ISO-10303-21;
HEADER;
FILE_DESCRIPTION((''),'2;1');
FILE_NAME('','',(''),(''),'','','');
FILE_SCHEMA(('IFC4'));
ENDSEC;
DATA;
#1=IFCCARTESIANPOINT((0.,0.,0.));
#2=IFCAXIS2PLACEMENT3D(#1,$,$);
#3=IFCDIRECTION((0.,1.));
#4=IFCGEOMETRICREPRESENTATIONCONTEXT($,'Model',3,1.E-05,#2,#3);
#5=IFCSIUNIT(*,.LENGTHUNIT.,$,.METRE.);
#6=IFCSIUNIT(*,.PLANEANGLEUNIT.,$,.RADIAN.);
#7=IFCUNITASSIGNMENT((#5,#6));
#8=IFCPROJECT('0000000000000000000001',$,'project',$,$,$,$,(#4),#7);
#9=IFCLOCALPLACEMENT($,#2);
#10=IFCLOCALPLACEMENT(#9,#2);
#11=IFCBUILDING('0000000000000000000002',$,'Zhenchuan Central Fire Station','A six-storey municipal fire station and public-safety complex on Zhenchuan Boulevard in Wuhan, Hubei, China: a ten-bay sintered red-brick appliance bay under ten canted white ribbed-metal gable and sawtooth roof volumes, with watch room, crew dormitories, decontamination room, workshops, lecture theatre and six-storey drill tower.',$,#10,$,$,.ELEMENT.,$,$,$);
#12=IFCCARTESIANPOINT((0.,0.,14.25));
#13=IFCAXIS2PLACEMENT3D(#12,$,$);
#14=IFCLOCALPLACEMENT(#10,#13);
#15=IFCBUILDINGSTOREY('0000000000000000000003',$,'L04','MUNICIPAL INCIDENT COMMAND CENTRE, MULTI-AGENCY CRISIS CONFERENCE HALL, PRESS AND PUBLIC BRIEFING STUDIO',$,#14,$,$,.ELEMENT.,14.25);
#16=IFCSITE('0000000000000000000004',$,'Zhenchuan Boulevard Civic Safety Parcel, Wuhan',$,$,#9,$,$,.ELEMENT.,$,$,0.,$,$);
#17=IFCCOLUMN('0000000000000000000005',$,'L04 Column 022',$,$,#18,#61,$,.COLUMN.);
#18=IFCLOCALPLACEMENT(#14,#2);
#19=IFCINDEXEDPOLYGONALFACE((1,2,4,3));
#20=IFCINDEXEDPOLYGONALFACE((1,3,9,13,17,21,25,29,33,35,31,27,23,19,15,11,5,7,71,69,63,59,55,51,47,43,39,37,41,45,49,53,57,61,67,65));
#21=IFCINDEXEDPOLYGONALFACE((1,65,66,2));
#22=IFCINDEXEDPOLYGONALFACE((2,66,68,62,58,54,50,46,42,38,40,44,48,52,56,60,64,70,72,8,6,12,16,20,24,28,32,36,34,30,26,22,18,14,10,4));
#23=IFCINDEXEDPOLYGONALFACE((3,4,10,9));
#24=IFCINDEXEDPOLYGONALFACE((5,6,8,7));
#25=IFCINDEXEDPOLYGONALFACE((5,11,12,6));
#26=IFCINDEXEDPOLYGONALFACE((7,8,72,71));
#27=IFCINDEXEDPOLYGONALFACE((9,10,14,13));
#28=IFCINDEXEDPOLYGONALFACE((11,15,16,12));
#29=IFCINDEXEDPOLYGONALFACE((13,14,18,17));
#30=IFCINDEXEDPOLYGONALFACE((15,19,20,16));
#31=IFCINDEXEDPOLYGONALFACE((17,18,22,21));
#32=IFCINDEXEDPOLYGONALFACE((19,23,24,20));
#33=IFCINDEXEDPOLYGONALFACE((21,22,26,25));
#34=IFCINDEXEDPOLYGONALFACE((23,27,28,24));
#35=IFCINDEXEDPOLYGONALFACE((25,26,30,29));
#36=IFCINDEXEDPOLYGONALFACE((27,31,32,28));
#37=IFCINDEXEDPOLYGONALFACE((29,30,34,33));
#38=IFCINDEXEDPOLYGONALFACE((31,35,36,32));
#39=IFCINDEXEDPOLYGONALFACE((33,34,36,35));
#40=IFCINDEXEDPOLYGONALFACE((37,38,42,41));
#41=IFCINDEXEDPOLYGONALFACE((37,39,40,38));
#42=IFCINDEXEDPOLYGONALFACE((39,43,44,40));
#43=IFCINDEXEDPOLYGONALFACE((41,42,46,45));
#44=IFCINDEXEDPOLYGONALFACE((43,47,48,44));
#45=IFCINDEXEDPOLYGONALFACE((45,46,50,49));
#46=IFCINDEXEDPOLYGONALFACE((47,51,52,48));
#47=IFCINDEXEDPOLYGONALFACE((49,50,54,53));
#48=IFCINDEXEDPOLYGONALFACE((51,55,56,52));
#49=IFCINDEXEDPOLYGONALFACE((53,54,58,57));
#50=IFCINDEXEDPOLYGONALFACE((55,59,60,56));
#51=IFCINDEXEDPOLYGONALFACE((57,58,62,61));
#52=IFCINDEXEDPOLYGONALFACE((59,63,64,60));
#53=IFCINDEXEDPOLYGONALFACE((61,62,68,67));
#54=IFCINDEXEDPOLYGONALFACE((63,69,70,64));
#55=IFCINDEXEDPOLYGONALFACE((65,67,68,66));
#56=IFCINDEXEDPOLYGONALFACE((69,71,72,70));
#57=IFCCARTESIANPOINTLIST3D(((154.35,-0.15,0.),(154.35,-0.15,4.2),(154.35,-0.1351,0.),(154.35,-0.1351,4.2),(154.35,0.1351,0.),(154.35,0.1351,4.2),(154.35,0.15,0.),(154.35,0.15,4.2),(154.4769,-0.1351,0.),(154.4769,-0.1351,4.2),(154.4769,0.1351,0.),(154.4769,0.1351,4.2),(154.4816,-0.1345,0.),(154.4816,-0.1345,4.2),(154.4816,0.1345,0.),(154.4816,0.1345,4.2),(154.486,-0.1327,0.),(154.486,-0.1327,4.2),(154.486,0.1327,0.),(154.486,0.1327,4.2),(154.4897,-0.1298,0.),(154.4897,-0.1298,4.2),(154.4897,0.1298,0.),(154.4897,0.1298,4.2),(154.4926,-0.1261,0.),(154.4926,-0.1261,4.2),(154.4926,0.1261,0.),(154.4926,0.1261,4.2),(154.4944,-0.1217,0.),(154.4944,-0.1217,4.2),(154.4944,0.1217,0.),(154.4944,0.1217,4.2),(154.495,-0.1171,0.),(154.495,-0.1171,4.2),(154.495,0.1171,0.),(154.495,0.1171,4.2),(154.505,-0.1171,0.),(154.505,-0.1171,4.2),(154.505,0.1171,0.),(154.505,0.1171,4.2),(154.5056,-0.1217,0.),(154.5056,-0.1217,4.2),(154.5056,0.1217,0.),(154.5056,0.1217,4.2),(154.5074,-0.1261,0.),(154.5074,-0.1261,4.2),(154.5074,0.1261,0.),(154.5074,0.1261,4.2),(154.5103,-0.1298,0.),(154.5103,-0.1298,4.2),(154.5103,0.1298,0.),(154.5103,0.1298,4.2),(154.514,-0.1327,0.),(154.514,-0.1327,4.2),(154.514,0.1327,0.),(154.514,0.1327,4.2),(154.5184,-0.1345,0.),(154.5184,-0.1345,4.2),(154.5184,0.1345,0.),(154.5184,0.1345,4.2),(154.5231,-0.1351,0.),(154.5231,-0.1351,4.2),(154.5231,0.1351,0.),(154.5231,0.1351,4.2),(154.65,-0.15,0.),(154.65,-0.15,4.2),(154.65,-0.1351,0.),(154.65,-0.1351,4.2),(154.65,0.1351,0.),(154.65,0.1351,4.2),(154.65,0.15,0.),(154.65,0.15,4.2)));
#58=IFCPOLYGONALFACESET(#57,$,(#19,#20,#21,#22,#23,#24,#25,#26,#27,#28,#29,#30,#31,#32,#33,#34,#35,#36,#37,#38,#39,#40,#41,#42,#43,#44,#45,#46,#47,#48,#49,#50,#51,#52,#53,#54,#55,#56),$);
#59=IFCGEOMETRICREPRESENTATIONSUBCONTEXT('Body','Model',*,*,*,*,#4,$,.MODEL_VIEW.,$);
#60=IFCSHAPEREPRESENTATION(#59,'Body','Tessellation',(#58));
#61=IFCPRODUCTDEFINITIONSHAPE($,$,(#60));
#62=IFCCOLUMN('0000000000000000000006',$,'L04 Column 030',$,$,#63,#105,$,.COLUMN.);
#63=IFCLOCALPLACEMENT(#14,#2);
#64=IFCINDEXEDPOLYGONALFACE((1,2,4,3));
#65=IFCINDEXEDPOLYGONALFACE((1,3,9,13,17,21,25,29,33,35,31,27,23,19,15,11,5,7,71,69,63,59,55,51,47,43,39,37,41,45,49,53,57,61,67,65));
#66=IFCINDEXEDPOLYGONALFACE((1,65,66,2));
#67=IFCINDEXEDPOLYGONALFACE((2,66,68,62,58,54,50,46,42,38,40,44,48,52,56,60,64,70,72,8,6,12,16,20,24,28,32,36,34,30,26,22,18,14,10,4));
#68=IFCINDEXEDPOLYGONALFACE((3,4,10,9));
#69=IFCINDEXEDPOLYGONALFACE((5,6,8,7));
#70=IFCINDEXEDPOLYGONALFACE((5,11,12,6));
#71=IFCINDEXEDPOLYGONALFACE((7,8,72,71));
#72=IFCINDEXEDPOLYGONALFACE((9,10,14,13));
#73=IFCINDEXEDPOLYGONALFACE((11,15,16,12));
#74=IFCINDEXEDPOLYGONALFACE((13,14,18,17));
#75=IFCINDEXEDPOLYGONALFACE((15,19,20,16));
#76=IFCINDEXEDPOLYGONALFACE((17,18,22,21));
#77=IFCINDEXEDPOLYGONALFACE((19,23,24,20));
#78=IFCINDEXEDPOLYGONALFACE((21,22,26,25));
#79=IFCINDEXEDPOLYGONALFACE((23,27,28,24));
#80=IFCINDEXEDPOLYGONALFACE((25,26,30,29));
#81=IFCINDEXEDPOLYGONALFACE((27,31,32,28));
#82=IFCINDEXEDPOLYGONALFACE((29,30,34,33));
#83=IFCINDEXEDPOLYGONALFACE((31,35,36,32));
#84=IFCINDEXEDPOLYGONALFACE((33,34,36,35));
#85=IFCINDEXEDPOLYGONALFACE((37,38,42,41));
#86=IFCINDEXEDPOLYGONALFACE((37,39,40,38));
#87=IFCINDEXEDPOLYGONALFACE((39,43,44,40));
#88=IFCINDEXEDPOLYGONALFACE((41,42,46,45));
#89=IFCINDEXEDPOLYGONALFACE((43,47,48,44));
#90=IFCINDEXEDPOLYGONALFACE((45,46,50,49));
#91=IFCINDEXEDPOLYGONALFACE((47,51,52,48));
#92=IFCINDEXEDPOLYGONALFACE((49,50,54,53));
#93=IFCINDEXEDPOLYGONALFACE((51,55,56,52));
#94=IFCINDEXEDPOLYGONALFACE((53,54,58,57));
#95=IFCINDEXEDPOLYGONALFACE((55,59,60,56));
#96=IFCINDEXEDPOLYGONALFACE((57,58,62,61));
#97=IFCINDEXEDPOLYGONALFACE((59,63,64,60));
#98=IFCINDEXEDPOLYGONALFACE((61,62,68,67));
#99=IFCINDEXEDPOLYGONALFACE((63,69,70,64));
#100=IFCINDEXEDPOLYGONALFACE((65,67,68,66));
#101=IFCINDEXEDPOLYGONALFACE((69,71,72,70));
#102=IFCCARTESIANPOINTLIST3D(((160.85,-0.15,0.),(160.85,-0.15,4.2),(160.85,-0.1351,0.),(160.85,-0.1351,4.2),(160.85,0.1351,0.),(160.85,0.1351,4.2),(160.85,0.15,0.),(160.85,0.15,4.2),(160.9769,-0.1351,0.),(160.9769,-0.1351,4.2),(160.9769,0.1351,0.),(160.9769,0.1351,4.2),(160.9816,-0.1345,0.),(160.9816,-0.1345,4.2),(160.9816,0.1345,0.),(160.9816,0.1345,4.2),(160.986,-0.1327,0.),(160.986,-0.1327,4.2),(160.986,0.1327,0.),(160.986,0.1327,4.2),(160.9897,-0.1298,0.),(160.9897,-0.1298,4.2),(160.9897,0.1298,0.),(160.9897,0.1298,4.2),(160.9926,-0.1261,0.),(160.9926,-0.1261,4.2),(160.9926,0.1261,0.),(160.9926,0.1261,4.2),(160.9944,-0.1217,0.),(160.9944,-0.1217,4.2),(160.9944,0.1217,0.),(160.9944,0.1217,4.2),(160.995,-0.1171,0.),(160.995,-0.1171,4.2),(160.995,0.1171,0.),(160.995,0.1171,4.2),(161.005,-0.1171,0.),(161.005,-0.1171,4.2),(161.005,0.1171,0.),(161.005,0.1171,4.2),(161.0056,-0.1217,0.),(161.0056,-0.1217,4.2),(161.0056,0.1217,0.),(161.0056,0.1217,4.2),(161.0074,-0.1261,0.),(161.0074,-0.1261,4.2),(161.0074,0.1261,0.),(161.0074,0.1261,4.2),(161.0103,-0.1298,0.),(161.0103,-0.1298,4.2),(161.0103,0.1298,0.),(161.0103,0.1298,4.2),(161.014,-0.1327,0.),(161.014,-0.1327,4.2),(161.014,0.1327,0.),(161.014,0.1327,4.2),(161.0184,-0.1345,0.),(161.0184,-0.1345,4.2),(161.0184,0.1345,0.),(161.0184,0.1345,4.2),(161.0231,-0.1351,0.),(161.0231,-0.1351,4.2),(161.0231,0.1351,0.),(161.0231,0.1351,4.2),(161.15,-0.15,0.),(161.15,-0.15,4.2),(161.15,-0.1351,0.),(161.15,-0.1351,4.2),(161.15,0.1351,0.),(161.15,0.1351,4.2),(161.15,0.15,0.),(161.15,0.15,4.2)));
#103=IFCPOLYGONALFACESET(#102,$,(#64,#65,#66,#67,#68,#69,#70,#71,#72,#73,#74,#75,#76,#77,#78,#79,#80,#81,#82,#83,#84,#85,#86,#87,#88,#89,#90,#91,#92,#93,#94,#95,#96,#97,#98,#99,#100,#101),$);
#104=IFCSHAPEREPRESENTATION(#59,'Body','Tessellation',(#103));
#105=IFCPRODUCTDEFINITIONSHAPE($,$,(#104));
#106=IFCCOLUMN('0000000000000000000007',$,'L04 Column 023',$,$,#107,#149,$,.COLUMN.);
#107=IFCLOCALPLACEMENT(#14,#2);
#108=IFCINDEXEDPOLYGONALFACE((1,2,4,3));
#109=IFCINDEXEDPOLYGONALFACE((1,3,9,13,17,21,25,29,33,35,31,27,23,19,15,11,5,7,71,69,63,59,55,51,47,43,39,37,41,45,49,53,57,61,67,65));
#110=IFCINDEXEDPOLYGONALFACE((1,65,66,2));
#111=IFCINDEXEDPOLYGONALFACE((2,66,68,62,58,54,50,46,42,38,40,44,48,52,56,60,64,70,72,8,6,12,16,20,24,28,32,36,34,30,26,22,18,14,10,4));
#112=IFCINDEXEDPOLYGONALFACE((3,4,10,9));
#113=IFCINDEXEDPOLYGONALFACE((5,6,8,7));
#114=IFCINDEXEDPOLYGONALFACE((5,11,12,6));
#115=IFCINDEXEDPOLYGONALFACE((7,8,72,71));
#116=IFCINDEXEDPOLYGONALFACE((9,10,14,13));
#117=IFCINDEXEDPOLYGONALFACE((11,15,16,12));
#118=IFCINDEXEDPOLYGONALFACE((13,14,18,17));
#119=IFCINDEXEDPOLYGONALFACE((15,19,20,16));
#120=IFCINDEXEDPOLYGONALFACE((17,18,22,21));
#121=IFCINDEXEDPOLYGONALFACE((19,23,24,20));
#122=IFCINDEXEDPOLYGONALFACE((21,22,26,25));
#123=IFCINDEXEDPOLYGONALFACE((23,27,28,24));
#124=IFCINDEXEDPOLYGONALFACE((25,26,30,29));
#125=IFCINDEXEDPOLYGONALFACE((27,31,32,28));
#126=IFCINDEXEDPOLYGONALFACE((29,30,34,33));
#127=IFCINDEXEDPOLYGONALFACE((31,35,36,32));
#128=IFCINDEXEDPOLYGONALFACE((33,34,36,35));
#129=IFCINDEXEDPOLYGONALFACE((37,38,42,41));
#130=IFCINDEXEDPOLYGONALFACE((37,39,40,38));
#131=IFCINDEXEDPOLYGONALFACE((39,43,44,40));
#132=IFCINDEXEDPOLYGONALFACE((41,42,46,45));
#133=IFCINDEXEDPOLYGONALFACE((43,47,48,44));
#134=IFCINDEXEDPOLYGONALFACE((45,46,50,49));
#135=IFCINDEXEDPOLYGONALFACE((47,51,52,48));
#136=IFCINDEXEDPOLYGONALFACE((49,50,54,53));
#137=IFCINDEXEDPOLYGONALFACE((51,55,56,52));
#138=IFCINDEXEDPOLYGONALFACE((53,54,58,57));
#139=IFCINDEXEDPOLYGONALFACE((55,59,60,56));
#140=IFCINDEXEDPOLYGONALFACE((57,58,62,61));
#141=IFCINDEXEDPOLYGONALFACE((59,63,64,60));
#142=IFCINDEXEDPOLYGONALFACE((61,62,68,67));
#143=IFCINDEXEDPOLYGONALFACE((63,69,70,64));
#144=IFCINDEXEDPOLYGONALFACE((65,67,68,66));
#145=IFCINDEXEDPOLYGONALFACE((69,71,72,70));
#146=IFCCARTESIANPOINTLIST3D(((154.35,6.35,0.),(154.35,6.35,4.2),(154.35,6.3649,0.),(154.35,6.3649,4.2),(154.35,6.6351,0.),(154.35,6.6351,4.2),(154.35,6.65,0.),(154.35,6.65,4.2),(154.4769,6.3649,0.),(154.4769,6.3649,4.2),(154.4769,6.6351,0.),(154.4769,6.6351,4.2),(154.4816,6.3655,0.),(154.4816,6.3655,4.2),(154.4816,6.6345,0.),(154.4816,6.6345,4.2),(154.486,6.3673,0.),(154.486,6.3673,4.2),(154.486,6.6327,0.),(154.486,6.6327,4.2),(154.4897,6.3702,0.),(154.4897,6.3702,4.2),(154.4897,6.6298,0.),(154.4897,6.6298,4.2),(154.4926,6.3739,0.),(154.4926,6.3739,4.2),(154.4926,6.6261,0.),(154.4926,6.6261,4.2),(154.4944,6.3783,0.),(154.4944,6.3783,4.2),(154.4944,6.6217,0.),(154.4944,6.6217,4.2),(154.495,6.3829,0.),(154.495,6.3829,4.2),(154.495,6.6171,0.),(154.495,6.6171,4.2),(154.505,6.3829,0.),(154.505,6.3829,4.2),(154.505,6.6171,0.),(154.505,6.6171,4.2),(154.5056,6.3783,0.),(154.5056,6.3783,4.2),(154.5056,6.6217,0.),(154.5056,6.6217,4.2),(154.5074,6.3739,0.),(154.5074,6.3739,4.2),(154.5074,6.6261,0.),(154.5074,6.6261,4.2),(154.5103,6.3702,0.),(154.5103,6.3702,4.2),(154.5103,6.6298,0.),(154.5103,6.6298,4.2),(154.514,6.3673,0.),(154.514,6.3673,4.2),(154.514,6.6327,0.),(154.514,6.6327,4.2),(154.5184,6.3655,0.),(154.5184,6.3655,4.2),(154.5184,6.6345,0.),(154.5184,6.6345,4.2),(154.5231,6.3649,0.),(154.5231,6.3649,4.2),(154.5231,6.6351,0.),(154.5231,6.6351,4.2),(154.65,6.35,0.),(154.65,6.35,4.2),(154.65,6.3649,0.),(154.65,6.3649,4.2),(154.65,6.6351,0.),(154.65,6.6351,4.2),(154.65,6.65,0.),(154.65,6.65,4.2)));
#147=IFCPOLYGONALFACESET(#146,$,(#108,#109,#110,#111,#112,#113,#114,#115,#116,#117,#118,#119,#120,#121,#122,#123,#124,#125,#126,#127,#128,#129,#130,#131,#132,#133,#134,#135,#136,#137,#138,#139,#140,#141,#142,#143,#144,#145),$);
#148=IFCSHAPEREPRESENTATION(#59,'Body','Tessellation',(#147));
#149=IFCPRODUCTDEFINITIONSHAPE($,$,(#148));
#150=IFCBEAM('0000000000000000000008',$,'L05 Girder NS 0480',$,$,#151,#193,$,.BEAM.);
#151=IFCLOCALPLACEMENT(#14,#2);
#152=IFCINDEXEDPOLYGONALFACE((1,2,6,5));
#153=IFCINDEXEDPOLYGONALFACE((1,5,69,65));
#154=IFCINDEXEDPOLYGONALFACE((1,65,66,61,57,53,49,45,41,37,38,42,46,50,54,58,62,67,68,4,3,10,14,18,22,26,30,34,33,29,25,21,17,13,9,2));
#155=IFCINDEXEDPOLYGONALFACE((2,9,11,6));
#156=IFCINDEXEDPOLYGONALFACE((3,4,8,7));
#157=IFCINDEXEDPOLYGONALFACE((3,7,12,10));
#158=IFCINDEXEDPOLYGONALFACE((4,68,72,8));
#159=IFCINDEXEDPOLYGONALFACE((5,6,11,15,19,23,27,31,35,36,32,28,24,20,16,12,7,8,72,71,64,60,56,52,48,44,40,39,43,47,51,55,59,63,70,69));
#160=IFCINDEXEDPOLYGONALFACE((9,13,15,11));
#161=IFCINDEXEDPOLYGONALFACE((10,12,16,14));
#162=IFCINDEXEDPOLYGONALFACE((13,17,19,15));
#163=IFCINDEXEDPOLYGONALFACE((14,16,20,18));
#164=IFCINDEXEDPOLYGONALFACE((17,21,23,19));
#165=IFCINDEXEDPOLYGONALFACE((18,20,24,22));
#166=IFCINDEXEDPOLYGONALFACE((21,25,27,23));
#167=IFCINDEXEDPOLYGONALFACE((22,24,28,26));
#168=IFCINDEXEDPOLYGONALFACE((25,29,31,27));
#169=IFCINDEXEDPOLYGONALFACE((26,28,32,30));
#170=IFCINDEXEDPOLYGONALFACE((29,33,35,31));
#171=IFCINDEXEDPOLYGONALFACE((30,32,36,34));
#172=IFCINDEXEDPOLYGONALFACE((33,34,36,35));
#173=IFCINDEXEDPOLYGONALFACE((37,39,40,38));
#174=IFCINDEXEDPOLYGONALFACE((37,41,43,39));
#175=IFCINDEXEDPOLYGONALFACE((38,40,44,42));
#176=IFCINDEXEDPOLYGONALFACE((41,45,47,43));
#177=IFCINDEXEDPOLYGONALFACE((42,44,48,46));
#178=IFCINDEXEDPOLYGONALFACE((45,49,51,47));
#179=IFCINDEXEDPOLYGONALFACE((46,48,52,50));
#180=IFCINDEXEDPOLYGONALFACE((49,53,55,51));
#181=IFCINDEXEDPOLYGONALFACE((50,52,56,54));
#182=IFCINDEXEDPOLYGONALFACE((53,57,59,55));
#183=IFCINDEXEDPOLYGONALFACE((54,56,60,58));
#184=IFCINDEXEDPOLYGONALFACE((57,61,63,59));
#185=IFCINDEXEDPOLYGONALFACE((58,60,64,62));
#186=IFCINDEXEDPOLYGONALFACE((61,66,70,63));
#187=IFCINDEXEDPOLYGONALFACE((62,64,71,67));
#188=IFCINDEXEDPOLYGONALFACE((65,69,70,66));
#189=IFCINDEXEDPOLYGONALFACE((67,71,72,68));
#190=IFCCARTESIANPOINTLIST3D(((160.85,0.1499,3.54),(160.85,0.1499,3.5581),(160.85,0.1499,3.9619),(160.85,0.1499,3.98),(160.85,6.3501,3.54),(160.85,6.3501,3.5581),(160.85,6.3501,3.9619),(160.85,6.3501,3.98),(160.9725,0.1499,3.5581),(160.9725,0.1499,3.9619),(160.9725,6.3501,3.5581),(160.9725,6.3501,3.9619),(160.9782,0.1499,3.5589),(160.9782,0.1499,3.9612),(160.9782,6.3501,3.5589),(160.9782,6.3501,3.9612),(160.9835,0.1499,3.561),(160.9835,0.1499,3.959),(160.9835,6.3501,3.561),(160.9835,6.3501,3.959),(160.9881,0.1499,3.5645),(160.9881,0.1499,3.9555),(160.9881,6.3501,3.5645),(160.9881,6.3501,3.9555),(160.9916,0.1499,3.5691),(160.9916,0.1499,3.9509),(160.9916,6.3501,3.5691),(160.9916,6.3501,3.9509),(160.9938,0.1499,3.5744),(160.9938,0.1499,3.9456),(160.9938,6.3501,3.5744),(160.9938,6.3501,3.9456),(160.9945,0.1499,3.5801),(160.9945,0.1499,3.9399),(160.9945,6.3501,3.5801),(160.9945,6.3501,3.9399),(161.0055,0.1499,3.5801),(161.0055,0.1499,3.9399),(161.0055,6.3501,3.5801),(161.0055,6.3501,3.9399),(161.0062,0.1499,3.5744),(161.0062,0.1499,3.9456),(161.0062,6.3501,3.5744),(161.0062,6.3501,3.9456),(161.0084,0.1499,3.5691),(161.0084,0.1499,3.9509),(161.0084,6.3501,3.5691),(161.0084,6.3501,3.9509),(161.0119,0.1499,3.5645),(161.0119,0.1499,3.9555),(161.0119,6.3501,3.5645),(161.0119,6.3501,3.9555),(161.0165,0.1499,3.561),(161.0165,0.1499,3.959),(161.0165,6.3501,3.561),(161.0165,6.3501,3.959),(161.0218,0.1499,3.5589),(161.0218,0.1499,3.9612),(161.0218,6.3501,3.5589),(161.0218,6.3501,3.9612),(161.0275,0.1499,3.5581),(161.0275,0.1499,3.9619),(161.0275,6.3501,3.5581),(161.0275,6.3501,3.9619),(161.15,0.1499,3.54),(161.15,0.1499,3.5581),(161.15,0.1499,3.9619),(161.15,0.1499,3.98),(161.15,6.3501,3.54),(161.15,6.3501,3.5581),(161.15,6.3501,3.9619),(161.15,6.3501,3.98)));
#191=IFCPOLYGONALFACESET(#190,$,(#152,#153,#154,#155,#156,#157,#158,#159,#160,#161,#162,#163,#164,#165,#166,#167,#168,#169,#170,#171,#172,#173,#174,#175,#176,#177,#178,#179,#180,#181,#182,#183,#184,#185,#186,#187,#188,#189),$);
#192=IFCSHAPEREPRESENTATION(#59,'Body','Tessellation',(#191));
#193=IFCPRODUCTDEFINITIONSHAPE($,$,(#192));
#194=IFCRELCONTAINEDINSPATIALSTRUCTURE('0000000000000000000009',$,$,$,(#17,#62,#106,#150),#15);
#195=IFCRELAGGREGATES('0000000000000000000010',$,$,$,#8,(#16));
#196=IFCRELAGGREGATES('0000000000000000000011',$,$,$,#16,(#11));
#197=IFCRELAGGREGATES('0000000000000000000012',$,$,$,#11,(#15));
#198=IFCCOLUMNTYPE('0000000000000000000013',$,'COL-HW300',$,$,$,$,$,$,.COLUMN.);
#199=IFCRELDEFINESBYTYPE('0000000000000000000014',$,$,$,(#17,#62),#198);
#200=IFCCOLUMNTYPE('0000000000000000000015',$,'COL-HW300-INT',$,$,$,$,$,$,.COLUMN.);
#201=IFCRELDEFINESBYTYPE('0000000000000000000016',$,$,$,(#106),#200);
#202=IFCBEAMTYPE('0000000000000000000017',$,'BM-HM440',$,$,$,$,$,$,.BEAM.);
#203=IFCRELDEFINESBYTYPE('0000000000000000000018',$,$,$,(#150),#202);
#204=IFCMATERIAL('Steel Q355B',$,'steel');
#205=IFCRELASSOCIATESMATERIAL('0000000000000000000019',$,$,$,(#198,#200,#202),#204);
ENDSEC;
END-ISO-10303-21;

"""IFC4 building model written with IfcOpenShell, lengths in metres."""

from ifc_helpers import new_model, si_unit, direction, frame, origin, origin_2d, place, context, subcontext, project, spatial, i_section, extrude, material, material_profile, profile_set, type_object, element, save


model = new_model("IFC4")

# Units and contexts
model_context = context("Model", 3, precision=1e-05, world=origin(), true_north=direction((0.0, 1.0)))
body_context = subcontext(model_context, "Body", "Model", "MODEL_VIEW")
ifc_project = project(units=[si_unit("LENGTHUNIT", "METRE"), si_unit("PLANEANGLEUNIT", "RADIAN")], contexts=[model_context])

# Site, building, storey
site_placement = place(None, origin())
site = spatial("IfcSite", under=ifc_project, at=site_placement, Name="Zhenchuan Boulevard Civic Safety Parcel, Wuhan", CompositionType="ELEMENT", RefElevation=0.0)
building_placement = place(site_placement, origin())
building = spatial("IfcBuilding", under=site, at=building_placement, Name="Zhenchuan Central Fire Station", Description="A six-storey municipal fire station and public-safety complex on Zhenchuan Boulevard in Wuhan, Hubei, China: a ten-bay sintered red-brick appliance bay under ten canted white ribbed-metal gable and sawtooth roof volumes, with watch room, crew dormitories, decontamination room, workshops, lecture theatre and six-storey drill tower.", CompositionType="ELEMENT")
storey_placement = place(building_placement, frame((0.0, 0.0, 14.25)))
storey = spatial("IfcBuildingStorey", under=building, at=storey_placement, Name="L04", Description="MUNICIPAL INCIDENT COMMAND CENTRE, MULTI-AGENCY CRISIS CONFERENCE HALL, PRESS AND PUBLIC BRIEFING STUDIO", CompositionType="ELEMENT", Elevation=14.25)

# Columns
ifc_material_1 = material(Name="Steel Q355B", Category="steel")
ifc_material_profile_1 = material_profile(ifc_material_1, i_section(OverallWidth=0.3, OverallDepth=0.3, WebThickness=0.01, FlangeThickness=0.0149, FilletRadius=0.0181, at=origin_2d()), Name="HW 300x300")
ifc_profile_set_1 = profile_set([ifc_material_profile_1], Name="Steel Q355B")
column_type_1 = type_object("IfcColumnType", Name="COL-HW300", PredefinedType="COLUMN", material=ifc_profile_set_1)
for number, where, z_axis, x_axis, name in (
    (1, (154.5, 0.0, 0.0), (0.0, 0.0, 1.0), (1.0, 0.0, 0.0), "L04 Column 022"),
    (2, (161.0, 0.0, 0.0), (0.0, 0.0, 1.0), (1.0, 0.0, 0.0), "L04 Column 030"),
):
    element("IfcColumn", number, at=place(storey_placement, frame(where, z_axis=z_axis, x_axis=x_axis)), inside=storey, type_object=column_type_1, Name=name, PredefinedType="COLUMN", context=body_context, shape_type="SweptSolid", body=[
        extrude(i_section(OverallWidth=0.3, OverallDepth=0.3, WebThickness=0.01, FlangeThickness=0.0149, FilletRadius=0.0181, at=origin_2d()), origin(), (0.0, 0.0, 1.0), 4.2),
    ])
ifc_material_profile_2 = material_profile(ifc_material_1, i_section(OverallWidth=0.3, OverallDepth=0.3, WebThickness=0.01, FlangeThickness=0.0149, FilletRadius=0.0181, at=origin_2d()), Name="HW 300x300")
ifc_profile_set_2 = profile_set([ifc_material_profile_2], Name="Steel Q355B")
column_type_2 = type_object("IfcColumnType", Name="COL-HW300-INT", PredefinedType="COLUMN", material=ifc_profile_set_2)
column_placement = place(storey_placement, frame((154.5, 6.5, 0.0), z_axis=(0.0, 0.0, 1.0), x_axis=(1.0, 0.0, 0.0)))
element("IfcColumn", 3, at=column_placement, inside=storey, type_object=column_type_2, Name="L04 Column 023", PredefinedType="COLUMN", context=body_context, shape_type="SweptSolid", body=[
    extrude(i_section(OverallWidth=0.3, OverallDepth=0.3, WebThickness=0.01, FlangeThickness=0.0149, FilletRadius=0.0181, at=origin_2d()), origin(), (0.0, 0.0, 1.0), 4.2),
])

# Beam
ifc_material_profile_3 = material_profile(ifc_material_1, i_section(OverallWidth=0.3, OverallDepth=0.4399, WebThickness=0.011, FlangeThickness=0.0181, FilletRadius=0.022, at=origin_2d()), Name="HM 440x300")
ifc_profile_set_3 = profile_set([ifc_material_profile_3], Name="Steel Q355B")
beam_type_1 = type_object("IfcBeamType", Name="BM-HM440", PredefinedType="BEAM", material=ifc_profile_set_3)
beam_1_placement = place(storey_placement, frame((161.0, 0.1499, 3.76), z_axis=(0.0, 1.0, 0.0), x_axis=(-1.0, 0.0, 0.0)))
element("IfcBeam", 4, at=beam_1_placement, inside=storey, type_object=beam_type_1, Name="L05 Girder NS 0480", PredefinedType="BEAM", context=body_context, shape_type="SweptSolid", body=[
    extrude(i_section(OverallWidth=0.3, OverallDepth=0.4399, WebThickness=0.011, FlangeThickness=0.0181, FilletRadius=0.022, at=origin_2d()), origin(), (0.0, 0.0, 1.0), 6.2002),
])

save(model, "model.ifc")
